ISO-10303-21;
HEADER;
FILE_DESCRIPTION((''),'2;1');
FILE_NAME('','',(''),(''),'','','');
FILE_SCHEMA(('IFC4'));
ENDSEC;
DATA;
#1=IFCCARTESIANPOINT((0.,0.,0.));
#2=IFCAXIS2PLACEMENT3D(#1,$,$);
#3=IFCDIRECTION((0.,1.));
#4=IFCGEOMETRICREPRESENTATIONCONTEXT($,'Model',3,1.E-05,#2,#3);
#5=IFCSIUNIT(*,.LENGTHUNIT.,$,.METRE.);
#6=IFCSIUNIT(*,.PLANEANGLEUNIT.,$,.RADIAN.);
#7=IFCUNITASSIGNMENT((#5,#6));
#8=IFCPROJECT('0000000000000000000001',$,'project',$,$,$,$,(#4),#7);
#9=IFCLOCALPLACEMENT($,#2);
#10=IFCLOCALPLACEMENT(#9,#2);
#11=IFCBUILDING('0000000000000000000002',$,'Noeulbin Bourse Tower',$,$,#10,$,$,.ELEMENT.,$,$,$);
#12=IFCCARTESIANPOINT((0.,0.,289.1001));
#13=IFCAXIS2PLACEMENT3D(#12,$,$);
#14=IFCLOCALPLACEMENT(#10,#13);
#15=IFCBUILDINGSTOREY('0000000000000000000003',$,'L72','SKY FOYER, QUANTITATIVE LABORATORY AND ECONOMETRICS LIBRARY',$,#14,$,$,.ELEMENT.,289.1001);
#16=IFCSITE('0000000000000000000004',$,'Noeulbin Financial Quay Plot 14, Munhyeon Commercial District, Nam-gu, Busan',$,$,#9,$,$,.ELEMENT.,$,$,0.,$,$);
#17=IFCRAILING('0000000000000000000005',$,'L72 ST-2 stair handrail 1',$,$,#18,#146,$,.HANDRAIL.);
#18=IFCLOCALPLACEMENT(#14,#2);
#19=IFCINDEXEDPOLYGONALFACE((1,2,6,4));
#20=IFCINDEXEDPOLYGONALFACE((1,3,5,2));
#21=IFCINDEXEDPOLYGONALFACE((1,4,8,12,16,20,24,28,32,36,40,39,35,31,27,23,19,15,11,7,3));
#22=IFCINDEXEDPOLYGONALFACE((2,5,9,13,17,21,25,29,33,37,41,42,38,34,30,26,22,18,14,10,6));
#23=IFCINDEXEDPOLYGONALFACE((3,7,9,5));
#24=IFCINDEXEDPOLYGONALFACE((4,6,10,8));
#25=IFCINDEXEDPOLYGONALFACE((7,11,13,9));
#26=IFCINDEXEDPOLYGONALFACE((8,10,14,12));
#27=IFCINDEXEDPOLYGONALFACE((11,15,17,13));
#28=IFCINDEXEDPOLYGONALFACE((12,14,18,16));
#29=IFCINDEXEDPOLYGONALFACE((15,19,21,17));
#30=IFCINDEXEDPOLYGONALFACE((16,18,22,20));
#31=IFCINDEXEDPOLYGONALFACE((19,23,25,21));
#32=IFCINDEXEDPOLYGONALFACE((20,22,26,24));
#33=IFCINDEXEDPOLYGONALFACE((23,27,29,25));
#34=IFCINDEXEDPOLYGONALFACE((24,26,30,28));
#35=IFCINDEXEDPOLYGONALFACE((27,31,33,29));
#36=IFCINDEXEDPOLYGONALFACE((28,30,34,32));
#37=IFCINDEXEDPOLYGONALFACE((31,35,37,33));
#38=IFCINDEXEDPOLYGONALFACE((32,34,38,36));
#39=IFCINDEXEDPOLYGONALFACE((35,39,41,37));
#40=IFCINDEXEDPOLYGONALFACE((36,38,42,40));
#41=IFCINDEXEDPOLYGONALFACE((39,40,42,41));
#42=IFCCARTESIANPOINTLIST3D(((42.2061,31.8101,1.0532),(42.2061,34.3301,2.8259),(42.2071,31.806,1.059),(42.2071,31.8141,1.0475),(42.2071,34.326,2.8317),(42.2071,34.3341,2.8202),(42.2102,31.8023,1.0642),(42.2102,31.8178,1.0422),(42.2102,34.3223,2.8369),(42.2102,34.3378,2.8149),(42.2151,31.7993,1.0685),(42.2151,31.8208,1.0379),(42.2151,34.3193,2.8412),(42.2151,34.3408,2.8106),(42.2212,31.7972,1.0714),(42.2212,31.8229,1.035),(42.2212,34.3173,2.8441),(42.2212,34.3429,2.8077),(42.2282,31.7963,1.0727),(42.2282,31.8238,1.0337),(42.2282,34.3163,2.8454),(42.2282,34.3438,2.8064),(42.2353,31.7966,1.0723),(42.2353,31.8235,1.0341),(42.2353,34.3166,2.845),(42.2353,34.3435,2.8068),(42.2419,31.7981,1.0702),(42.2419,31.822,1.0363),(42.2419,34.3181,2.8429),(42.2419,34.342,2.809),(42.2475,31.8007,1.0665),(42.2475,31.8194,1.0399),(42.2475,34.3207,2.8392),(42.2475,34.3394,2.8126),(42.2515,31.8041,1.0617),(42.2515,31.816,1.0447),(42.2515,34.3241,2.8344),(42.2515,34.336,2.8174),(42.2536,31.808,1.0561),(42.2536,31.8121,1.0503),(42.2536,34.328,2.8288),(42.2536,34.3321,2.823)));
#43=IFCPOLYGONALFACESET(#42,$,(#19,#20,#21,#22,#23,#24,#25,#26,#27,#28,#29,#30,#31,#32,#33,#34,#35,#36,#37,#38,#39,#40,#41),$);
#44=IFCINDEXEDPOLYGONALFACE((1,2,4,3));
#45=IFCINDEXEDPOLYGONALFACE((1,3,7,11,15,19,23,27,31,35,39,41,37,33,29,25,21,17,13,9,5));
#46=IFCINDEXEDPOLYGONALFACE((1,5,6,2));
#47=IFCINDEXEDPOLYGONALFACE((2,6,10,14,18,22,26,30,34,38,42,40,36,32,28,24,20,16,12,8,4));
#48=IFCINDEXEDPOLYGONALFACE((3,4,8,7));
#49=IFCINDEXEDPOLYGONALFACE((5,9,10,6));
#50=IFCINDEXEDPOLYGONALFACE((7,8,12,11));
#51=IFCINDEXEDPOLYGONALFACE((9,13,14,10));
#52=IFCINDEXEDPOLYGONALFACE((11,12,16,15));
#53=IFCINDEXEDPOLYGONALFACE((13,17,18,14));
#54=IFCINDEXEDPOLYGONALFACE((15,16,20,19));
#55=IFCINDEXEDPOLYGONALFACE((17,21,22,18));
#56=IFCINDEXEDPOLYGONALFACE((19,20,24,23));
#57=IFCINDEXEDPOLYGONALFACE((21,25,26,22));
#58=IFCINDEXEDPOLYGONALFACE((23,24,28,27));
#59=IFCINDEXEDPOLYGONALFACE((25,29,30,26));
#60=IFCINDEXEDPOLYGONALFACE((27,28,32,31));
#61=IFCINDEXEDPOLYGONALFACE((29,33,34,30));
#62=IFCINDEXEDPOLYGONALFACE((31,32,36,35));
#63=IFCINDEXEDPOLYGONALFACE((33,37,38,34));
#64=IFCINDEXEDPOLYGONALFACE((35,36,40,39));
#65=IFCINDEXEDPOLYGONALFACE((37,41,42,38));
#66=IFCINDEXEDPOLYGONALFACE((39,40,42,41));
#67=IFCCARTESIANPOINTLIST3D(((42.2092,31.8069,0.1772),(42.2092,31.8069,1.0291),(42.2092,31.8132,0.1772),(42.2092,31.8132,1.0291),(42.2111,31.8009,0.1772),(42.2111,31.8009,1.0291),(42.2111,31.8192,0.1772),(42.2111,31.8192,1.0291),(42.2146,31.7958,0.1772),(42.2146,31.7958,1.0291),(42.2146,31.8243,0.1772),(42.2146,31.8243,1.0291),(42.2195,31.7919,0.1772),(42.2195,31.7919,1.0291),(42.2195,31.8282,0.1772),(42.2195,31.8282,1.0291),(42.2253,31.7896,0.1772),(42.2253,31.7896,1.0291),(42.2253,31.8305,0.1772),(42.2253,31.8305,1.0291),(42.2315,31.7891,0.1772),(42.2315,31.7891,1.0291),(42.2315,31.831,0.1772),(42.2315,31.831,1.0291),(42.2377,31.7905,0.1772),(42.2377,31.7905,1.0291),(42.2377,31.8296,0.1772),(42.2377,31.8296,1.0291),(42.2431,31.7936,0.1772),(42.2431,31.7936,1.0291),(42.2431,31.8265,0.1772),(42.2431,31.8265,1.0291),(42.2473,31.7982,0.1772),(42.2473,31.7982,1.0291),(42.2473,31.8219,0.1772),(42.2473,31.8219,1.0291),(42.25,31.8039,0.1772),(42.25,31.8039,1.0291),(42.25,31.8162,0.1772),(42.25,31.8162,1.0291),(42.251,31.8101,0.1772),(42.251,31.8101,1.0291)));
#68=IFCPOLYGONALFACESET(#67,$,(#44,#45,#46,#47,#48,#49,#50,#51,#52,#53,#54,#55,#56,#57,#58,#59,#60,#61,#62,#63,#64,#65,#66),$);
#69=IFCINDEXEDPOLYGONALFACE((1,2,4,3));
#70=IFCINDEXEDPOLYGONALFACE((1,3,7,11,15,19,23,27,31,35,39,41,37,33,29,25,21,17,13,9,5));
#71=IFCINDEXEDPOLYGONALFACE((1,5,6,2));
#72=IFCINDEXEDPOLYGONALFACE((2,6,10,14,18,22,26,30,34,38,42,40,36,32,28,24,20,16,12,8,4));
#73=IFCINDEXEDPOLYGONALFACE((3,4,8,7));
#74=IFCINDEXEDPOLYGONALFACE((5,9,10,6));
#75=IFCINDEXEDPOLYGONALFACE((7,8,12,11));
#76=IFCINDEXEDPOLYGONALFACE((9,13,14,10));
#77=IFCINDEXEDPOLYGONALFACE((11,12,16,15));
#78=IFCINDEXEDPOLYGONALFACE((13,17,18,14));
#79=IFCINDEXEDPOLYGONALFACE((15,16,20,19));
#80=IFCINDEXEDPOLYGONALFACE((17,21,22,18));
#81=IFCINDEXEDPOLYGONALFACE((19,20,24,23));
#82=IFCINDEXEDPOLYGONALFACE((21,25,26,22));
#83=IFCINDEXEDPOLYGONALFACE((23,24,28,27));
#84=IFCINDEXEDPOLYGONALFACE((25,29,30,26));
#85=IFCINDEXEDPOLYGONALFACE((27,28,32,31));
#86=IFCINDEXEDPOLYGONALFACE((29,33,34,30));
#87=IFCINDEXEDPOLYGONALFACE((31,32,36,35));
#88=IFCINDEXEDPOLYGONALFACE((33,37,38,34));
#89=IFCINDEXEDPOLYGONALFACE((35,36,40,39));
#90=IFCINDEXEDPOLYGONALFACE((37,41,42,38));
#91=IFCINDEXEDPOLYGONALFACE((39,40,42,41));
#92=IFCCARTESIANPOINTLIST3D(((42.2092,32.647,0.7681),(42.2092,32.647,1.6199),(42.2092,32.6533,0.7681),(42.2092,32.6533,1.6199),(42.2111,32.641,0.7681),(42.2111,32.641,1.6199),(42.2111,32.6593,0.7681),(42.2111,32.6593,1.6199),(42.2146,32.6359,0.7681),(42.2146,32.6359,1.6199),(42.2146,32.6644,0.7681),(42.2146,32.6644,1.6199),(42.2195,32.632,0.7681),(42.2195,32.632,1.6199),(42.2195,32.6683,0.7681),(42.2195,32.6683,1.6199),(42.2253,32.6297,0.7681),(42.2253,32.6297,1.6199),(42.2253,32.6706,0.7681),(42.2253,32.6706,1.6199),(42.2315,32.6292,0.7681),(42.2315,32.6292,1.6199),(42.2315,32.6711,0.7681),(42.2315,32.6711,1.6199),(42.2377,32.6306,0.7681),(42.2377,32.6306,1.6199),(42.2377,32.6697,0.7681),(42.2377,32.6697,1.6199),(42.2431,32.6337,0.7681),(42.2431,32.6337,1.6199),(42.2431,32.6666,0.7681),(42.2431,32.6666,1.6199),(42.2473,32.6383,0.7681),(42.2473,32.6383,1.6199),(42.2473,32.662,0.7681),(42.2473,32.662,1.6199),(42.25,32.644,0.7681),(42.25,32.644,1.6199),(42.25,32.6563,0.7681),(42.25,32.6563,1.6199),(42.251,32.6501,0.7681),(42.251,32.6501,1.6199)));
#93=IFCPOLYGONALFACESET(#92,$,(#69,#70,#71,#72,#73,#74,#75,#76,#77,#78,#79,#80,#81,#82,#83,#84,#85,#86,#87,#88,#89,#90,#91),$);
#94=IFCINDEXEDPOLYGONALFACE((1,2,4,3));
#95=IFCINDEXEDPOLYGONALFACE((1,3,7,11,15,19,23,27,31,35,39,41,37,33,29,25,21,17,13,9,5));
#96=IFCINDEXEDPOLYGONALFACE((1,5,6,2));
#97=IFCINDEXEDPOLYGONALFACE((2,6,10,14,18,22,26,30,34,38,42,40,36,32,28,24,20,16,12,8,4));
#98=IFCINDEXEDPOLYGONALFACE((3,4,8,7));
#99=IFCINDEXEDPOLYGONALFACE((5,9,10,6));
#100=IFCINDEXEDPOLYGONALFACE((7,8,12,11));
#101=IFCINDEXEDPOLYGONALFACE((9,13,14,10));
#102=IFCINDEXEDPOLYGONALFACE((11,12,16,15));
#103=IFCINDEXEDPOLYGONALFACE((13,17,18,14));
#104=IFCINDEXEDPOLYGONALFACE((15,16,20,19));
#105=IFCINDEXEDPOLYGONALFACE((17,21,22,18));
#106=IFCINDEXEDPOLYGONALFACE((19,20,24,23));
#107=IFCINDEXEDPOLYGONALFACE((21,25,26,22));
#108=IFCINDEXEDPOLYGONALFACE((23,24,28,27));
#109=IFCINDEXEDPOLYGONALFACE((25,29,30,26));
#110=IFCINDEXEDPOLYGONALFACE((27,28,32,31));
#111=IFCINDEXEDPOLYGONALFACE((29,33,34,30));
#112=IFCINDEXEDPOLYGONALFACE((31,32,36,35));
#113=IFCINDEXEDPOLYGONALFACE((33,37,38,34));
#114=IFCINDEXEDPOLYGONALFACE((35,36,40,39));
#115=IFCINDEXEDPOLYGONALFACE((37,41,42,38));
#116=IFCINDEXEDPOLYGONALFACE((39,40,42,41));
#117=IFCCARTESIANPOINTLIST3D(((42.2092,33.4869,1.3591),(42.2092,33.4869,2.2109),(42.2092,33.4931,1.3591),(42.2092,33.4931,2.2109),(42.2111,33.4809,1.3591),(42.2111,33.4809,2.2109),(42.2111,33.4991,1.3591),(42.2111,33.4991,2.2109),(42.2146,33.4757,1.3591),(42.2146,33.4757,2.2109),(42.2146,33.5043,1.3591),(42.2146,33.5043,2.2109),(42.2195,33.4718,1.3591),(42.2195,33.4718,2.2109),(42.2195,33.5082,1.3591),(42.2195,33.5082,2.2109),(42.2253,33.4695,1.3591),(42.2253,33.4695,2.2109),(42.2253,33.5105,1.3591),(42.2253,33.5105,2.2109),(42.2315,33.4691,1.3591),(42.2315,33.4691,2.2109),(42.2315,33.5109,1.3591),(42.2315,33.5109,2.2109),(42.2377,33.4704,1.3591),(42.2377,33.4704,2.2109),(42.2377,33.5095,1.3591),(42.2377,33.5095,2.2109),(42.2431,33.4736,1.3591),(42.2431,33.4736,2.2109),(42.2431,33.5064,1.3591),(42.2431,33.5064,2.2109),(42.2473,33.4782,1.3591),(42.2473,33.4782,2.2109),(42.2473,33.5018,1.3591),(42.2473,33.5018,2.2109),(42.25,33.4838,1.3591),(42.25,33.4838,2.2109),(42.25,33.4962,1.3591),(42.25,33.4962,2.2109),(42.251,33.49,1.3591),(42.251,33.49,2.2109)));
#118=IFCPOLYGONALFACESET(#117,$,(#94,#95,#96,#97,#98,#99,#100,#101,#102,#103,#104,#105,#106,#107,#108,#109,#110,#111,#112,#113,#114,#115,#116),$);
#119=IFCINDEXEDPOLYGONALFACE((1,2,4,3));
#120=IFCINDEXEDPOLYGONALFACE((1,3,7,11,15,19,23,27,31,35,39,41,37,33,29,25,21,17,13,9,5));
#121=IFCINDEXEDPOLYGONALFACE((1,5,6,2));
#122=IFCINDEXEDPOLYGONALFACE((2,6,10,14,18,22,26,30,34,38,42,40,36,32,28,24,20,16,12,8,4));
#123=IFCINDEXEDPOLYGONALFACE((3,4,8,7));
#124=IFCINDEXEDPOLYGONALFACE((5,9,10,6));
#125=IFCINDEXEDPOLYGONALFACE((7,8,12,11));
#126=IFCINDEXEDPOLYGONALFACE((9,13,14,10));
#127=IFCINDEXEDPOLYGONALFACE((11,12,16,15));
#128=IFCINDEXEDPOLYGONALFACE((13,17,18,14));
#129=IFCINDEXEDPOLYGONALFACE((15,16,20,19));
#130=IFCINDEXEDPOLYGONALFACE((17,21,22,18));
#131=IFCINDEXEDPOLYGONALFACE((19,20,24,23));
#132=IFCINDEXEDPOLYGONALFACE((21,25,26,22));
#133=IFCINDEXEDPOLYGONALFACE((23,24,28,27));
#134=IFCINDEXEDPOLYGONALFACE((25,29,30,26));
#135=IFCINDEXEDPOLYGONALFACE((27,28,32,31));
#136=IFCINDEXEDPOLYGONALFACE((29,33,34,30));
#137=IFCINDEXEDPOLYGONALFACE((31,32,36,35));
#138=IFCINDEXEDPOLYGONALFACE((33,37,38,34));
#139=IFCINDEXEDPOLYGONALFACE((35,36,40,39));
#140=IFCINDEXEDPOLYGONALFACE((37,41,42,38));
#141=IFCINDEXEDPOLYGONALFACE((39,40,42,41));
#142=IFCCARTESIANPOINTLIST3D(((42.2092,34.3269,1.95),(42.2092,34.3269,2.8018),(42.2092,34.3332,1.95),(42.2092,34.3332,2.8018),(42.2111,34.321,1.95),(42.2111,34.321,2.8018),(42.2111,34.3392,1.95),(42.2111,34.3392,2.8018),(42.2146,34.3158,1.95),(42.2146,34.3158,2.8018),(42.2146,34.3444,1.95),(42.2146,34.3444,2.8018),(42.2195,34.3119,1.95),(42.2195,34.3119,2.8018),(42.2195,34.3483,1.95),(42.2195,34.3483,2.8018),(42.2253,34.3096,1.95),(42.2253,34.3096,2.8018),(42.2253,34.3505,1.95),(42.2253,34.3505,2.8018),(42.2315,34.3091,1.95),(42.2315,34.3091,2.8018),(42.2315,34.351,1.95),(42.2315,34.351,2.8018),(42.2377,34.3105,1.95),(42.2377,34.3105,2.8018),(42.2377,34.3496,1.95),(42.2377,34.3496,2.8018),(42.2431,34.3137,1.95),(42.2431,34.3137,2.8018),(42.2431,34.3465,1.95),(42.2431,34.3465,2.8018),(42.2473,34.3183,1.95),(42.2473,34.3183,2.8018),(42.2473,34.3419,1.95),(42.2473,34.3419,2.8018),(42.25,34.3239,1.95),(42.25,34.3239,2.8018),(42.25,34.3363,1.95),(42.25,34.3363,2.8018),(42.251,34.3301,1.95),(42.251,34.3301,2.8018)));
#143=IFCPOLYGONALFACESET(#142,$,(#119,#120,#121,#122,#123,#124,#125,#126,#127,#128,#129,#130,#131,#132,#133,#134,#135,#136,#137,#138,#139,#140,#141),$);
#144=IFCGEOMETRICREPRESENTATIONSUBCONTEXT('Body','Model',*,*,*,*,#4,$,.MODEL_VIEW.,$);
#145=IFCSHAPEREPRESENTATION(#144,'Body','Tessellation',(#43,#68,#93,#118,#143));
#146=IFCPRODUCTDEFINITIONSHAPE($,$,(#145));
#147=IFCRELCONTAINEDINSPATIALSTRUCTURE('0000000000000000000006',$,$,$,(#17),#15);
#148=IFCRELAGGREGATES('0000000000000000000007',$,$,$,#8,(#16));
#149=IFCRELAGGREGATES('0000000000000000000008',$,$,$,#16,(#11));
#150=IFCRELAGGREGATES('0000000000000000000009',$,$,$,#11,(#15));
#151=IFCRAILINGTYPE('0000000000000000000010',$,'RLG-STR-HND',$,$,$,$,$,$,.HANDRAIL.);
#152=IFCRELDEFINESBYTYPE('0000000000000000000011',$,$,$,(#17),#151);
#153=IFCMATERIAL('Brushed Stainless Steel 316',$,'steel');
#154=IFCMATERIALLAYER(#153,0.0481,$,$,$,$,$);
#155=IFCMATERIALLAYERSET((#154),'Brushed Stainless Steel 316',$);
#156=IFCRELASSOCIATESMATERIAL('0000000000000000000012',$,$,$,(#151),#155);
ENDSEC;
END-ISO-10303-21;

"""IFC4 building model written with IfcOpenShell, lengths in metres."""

from ifc_helpers import new_model, si_unit, direction, frame, origin, origin_2d, place, context, subcontext, project, spatial, circle, extrude, material, layer, layer_set, type_object, element, save


model = new_model("IFC4")

# Units and contexts
model_context = context("Model", 3, precision=1e-05, world=origin(), true_north=direction((0.0, 1.0)))
body_context = subcontext(model_context, "Body", "Model", "MODEL_VIEW")
ifc_project = project(units=[si_unit("LENGTHUNIT", "METRE"), si_unit("PLANEANGLEUNIT", "RADIAN")], contexts=[model_context])

# Site, building, storey
site_placement = place(None, origin())
site = spatial("IfcSite", under=ifc_project, at=site_placement, Name="Noeulbin Financial Quay Plot 14, Munhyeon Commercial District, Nam-gu, Busan", CompositionType="ELEMENT", RefElevation=0.0)
building_placement = place(site_placement, origin())
building = spatial("IfcBuilding", under=site, at=building_placement, Name="Noeulbin Bourse Tower", CompositionType="ELEMENT")
storey_placement = place(building_placement, frame((0.0, 0.0, 289.1001)))
storey = spatial("IfcBuildingStorey", under=building, at=storey_placement, Name="L72", Description="SKY FOYER, QUANTITATIVE LABORATORY AND ECONOMETRICS LIBRARY", CompositionType="ELEMENT", Elevation=289.1001)

# Railing
ifc_material_1 = material(Name="Brushed Stainless Steel 316", Category="steel")
ifc_layer_1 = layer(ifc_material_1, 0.0481)
ifc_layer_set_1 = layer_set([ifc_layer_1], Name="Brushed Stainless Steel 316")
railing_type_1 = type_object("IfcRailingType", Name="RLG-STR-HND", PredefinedType="HANDRAIL", material=ifc_layer_set_1)
railing_1_placement = place(storey_placement, frame((42.23, 31.8101, 0.1772)))
element("IfcRailing", 1, at=railing_1_placement, inside=storey, type_object=railing_type_1, Name="L72 ST-2 stair handrail 1", PredefinedType="HANDRAIL", context=body_context, shape_type="SweptSolid", body=[
    extrude(circle(Radius=0.0239, at=origin_2d()), frame((0.0, 0.0, 0.876), z_axis=(0.0, 0.817904, 0.575354), x_axis=(-1.0, 0.0, 0.0)), (0.0, 0.0, 1.0), 3.0811),
    extrude(circle(Radius=0.021, at=origin_2d()), origin(), (0.0, 0.0, 1.0), 0.8518),
    extrude(circle(Radius=0.021, at=origin_2d()), frame((0.0, 0.8401, 0.5908)), (0.0, 0.0, 1.0), 0.8518),
    extrude(circle(Radius=0.021, at=origin_2d()), frame((0.0, 1.6799, 1.1819)), (0.0, 0.0, 1.0), 0.8518),
    extrude(circle(Radius=0.021, at=origin_2d()), frame((0.0, 2.52, 1.7727)), (0.0, 0.0, 1.0), 0.8518),
])

save(model, "model.ifc")
